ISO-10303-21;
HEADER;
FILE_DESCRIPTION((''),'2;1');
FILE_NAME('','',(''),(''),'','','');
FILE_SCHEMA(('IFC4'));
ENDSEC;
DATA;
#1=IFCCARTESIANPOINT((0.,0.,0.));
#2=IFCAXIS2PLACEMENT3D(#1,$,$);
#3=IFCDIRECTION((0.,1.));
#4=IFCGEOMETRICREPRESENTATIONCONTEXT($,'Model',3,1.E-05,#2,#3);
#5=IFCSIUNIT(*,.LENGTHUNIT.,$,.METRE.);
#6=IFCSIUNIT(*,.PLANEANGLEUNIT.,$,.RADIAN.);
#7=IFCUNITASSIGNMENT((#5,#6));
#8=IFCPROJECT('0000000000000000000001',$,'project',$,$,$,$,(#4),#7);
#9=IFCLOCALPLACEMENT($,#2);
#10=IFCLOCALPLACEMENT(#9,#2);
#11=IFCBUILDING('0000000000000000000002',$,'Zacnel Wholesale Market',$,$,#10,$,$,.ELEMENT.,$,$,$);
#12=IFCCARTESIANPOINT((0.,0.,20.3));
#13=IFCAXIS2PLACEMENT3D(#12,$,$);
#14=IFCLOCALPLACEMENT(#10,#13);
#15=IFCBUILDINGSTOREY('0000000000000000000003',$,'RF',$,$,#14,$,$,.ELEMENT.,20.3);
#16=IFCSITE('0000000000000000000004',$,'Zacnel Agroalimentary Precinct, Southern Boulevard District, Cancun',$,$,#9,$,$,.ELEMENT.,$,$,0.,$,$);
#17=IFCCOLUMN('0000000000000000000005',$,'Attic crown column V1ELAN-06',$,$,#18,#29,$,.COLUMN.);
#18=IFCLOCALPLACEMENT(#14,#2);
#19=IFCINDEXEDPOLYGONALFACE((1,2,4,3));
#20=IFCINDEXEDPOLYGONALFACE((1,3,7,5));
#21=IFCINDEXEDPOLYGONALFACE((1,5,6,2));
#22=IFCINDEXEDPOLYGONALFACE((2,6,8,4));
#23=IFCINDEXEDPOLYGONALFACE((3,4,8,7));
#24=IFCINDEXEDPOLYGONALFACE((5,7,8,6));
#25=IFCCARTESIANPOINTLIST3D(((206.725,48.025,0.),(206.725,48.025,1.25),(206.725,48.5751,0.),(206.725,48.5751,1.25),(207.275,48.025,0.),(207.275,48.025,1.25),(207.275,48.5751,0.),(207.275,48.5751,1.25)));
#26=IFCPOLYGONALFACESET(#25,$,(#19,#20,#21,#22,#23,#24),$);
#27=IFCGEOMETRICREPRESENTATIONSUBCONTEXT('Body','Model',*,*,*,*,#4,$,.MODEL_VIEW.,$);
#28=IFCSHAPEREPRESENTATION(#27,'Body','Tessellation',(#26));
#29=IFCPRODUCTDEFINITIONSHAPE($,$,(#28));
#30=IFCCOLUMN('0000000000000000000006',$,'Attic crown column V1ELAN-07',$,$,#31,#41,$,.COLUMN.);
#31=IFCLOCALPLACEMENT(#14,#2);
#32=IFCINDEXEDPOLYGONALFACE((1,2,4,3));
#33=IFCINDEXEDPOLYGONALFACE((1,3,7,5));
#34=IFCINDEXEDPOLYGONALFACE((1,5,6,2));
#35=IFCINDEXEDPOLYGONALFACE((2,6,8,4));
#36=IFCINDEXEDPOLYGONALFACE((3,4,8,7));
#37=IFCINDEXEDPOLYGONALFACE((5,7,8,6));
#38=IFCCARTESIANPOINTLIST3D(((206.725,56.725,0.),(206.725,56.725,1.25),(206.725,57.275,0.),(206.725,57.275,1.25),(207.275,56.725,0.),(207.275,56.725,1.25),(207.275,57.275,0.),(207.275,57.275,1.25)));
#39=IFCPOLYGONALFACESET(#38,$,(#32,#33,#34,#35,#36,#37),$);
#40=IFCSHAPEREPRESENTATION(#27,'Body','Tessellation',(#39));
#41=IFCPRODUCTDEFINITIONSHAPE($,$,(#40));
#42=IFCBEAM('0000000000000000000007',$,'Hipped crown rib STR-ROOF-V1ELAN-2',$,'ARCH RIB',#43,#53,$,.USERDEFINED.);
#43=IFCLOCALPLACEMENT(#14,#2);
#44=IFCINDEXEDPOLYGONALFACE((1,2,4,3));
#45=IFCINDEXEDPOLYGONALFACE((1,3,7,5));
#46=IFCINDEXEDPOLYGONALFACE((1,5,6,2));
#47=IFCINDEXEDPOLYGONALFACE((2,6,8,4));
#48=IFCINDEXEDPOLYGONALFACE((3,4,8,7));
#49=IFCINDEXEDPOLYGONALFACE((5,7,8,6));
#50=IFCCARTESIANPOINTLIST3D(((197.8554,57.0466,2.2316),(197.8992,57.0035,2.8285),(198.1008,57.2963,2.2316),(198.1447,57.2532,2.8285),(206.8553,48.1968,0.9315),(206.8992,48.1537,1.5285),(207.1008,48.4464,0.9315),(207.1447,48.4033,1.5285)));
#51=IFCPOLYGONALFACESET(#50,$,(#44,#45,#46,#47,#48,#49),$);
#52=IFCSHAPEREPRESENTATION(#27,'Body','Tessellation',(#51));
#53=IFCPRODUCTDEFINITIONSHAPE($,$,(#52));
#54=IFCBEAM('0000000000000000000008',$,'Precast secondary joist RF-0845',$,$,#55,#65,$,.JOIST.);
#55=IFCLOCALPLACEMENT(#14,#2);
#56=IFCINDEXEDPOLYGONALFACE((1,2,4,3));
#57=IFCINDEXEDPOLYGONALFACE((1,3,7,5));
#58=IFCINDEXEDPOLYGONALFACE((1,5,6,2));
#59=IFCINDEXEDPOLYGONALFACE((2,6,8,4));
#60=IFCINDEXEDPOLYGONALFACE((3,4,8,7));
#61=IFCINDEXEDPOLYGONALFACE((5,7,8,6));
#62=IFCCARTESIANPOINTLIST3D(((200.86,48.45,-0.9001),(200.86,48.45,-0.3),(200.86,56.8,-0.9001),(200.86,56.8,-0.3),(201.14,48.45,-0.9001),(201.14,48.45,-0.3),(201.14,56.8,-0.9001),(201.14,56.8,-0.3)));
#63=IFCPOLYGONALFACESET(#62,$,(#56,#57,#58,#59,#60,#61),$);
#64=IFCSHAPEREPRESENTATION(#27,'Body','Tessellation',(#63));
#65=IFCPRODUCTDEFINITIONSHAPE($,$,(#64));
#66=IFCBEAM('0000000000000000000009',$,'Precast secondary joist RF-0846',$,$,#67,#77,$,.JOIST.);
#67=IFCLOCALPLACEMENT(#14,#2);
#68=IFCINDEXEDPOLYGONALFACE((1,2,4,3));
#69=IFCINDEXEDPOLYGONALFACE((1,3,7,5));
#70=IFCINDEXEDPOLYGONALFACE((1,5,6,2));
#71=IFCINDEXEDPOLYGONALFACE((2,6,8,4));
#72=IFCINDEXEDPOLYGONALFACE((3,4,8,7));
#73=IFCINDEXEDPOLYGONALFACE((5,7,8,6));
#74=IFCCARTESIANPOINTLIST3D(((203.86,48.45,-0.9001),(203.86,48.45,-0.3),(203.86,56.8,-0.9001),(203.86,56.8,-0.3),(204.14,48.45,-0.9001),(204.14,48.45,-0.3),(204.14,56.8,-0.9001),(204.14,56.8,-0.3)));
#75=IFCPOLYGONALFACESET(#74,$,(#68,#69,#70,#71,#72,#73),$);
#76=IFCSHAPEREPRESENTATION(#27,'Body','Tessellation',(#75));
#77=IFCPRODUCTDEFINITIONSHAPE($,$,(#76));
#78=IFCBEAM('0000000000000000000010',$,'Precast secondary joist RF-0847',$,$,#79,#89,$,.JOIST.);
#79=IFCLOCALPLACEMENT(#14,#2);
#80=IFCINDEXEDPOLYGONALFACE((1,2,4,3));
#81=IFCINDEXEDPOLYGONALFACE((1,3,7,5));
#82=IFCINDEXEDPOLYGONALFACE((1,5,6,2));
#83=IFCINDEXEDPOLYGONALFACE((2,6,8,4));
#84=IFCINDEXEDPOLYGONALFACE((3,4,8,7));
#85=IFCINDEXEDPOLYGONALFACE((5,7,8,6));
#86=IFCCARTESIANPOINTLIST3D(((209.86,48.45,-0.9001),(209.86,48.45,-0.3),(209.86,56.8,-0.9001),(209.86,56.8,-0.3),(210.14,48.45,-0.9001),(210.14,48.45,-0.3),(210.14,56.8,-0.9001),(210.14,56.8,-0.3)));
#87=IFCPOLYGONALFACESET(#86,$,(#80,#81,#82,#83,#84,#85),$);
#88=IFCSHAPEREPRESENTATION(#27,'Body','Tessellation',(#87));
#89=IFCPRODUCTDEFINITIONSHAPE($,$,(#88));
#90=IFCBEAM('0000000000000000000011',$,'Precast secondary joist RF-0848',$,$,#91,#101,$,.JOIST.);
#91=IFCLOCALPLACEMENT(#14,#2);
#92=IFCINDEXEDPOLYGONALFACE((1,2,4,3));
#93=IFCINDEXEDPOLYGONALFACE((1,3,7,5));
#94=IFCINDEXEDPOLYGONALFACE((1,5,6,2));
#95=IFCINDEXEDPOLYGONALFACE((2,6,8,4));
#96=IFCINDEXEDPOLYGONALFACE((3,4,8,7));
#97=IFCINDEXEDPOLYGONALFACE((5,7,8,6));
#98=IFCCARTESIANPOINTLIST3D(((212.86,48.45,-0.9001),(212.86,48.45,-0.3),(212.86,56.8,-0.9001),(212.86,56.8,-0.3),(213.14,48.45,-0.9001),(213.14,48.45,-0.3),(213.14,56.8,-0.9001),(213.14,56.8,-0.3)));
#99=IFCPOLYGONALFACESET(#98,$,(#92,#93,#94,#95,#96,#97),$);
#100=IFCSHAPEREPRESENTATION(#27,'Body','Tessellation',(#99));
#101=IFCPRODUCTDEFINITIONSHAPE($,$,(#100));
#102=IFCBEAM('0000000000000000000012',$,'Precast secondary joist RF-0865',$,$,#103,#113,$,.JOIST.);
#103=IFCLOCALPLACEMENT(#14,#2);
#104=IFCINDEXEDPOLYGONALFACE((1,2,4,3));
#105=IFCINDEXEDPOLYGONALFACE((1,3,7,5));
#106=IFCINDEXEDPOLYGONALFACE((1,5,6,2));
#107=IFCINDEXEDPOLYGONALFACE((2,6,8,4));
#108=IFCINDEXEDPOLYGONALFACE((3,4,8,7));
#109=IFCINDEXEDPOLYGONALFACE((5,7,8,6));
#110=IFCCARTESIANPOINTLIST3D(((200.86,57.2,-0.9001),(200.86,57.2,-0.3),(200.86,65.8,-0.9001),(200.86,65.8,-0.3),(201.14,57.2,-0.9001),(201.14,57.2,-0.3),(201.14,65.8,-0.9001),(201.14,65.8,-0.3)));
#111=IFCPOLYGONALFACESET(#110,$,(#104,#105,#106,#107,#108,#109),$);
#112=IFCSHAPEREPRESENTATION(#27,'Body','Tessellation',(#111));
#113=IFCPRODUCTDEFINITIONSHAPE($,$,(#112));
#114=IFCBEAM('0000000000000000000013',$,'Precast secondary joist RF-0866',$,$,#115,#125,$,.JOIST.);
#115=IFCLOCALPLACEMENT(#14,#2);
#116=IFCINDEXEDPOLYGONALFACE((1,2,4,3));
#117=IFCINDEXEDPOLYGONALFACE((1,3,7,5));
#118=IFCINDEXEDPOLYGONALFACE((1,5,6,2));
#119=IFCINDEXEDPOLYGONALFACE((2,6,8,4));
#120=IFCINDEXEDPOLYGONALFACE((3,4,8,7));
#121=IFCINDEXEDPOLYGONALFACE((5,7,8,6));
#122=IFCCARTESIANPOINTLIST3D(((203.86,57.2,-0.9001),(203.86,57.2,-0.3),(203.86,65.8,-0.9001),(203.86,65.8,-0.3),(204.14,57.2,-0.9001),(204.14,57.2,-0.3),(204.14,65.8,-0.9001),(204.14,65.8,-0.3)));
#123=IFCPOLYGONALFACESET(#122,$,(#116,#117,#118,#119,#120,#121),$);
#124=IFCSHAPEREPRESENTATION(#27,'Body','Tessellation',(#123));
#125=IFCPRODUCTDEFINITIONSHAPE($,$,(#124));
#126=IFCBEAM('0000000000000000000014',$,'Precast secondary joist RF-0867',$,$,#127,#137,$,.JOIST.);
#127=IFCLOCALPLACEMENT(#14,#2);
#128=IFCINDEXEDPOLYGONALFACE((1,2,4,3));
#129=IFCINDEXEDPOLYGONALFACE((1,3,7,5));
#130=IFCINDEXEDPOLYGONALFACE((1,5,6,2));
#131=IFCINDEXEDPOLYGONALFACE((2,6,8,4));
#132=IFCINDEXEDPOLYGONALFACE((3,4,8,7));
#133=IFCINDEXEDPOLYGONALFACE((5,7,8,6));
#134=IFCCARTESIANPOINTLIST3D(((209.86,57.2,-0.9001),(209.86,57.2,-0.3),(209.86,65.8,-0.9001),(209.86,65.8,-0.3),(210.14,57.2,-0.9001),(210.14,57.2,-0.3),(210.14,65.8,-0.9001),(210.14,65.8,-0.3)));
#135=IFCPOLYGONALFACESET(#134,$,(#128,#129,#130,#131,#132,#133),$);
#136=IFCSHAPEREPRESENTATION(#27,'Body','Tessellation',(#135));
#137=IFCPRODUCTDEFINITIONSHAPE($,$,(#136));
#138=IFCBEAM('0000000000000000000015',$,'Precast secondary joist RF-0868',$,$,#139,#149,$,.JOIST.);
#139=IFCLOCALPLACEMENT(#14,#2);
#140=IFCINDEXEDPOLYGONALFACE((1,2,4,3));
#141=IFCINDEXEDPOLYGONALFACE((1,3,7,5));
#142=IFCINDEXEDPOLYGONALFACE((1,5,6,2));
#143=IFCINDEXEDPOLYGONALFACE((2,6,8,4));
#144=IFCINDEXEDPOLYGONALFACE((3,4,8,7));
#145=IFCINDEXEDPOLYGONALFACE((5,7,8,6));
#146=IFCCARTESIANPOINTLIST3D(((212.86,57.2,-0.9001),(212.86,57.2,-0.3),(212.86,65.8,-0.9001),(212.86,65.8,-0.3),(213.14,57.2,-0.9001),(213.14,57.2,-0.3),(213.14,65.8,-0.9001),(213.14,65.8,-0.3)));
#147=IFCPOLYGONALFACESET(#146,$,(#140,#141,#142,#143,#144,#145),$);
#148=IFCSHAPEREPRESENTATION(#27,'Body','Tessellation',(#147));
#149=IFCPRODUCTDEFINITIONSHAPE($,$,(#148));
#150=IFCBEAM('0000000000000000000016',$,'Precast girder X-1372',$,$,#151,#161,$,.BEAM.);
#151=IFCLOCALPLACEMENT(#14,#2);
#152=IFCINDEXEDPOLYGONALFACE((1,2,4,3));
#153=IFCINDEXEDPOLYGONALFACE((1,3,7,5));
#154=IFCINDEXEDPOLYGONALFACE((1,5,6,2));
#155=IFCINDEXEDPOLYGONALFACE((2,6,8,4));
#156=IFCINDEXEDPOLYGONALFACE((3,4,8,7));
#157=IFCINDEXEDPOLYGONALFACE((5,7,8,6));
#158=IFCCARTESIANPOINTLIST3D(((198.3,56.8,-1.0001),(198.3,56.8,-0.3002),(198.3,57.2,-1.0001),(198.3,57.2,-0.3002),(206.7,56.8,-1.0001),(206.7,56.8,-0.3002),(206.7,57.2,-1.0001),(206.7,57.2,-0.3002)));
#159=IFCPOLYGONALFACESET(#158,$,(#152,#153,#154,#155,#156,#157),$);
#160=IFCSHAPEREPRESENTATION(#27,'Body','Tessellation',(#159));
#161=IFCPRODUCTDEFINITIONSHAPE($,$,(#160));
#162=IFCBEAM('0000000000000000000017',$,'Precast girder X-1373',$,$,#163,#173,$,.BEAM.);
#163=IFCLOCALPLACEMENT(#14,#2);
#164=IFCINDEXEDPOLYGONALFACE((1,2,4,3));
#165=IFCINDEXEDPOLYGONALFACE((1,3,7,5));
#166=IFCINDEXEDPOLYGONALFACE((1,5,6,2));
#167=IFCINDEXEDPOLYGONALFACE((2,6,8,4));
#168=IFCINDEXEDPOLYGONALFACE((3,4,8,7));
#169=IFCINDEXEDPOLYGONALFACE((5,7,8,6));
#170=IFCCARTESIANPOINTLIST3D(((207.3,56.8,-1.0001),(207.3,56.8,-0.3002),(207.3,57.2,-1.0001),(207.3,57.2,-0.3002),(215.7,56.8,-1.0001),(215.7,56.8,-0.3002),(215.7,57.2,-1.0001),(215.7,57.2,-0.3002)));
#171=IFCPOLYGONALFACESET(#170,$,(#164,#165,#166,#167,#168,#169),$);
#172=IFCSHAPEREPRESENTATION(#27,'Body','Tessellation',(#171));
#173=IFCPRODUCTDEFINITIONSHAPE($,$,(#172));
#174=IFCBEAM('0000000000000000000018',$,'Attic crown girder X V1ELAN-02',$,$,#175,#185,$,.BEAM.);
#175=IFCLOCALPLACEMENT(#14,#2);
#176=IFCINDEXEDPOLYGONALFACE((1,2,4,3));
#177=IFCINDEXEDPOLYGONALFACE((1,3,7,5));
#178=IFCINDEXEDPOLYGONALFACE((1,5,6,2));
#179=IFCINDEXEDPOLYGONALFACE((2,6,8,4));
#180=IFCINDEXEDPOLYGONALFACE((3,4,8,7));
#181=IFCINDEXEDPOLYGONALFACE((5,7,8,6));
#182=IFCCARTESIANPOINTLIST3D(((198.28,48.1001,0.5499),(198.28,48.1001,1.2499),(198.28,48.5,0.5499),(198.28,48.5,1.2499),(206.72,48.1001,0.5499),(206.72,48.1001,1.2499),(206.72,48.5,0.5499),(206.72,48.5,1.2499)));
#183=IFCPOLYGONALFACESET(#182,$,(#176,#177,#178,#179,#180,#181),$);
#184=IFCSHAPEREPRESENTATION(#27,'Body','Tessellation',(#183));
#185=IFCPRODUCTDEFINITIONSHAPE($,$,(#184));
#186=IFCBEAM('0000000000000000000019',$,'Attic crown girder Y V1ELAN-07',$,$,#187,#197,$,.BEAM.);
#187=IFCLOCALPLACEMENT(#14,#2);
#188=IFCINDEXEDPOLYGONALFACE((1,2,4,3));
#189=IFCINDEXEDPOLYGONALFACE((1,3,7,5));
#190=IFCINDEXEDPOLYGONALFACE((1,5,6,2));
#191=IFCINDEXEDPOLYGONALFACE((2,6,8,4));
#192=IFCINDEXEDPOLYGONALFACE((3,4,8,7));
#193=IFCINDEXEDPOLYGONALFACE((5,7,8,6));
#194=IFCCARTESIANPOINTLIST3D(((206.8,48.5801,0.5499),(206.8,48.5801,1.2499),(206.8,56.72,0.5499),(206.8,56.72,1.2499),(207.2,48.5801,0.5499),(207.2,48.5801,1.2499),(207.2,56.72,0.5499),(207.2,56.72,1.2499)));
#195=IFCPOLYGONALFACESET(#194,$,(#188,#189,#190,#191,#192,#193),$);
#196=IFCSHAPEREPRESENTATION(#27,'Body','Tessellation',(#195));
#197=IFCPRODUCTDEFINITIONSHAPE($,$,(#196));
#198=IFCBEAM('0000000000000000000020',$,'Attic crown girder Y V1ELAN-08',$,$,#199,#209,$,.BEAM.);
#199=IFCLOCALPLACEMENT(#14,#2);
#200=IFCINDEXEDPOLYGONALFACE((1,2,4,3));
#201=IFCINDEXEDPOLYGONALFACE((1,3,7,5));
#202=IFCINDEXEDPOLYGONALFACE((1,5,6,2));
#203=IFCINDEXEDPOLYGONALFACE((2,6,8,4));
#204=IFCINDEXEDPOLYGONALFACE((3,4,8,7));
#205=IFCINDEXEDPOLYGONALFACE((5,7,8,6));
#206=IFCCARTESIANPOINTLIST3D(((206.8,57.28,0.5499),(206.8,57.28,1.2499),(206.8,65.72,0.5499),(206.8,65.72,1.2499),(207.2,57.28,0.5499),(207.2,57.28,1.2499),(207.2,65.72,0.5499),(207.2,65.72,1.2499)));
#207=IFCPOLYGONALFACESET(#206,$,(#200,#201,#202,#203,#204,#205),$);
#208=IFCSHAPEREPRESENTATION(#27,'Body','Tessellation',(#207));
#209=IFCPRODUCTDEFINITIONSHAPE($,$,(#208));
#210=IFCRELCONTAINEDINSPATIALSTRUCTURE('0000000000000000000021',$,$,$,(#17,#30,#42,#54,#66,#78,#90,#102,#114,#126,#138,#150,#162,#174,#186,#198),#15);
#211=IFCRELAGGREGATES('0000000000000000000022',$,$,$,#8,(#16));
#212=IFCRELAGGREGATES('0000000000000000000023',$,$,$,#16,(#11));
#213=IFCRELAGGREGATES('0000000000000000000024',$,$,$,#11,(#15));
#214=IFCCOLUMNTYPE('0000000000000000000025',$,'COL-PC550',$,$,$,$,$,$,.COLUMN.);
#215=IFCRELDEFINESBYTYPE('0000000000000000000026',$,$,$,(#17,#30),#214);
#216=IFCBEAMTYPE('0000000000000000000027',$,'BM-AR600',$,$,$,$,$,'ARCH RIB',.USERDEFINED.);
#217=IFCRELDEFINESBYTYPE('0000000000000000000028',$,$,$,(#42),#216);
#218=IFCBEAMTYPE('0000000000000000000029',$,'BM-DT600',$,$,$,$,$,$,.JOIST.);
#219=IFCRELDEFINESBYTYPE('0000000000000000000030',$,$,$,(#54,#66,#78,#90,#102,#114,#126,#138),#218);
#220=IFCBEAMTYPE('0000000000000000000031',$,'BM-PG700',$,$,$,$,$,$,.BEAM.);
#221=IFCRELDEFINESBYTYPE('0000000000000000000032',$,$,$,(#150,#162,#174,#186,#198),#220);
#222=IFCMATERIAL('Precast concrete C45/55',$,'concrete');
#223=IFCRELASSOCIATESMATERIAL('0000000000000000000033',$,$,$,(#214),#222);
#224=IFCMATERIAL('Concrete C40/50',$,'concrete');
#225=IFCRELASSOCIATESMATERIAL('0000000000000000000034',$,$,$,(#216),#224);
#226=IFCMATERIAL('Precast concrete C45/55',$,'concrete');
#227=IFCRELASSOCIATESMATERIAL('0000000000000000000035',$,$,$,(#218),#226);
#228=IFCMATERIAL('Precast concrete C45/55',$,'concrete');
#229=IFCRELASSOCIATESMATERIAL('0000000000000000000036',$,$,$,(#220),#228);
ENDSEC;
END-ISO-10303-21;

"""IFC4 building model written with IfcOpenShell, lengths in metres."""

from ifc_helpers import new_model, si_unit, direction, frame, origin, origin_2d, place, context, subcontext, project, spatial, rectangle, extrude, material, material_profile, profile_set, type_object, element, save


model = new_model("IFC4")

# Units and contexts
model_context = context("Model", 3, precision=1e-05, world=origin(), true_north=direction((0.0, 1.0)))
body_context = subcontext(model_context, "Body", "Model", "MODEL_VIEW")
ifc_project = project(units=[si_unit("LENGTHUNIT", "METRE"), si_unit("PLANEANGLEUNIT", "RADIAN")], contexts=[model_context])

# Site, building, storey
site_placement = place(None, origin())
site = spatial("IfcSite", under=ifc_project, at=site_placement, Name="Zacnel Agroalimentary Precinct, Southern Boulevard District, Cancun", CompositionType="ELEMENT", RefElevation=0.0)
building_placement = place(site_placement, origin())
building = spatial("IfcBuilding", under=site, at=building_placement, Name="Zacnel Wholesale Market", CompositionType="ELEMENT")
storey_placement = place(building_placement, frame((0.0, 0.0, 20.3)))
storey = spatial("IfcBuildingStorey", under=building, at=storey_placement, Name="RF", CompositionType="ELEMENT", Elevation=20.3)

# Columns
ifc_material_1 = material(Name="Precast concrete C45/55", Category="concrete")
ifc_material_profile_1 = material_profile(ifc_material_1, rectangle(XDim=0.55, YDim=0.55, at=origin_2d()), Name="PC 550x550")
ifc_profile_set_1 = profile_set([ifc_material_profile_1], Name="Precast concrete C45/55")
column_type = type_object("IfcColumnType", Name="COL-PC550", PredefinedType="COLUMN", material=ifc_profile_set_1)
for number, where, z_axis, x_axis, name in (
    (1, (207.0, 48.3, 0.0), (0.0, 0.0, 1.0), (1.0, 0.0, 0.0), "Attic crown column V1ELAN-06"),
    (2, (207.0, 57.0, 0.0), (0.0, 0.0, 1.0), (1.0, 0.0, 0.0), "Attic crown column V1ELAN-07"),
):
    element("IfcColumn", number, at=place(storey_placement, frame(where, z_axis=z_axis, x_axis=x_axis)), inside=storey, type_object=column_type, Name=name, PredefinedType="COLUMN", context=body_context, shape_type="SweptSolid", body=[
        extrude(rectangle(XDim=0.55, YDim=0.55, at=origin_2d()), origin(), (0.0, 0.0, 1.0), 1.25),
    ])

# Beams
ifc_material_2 = material(Name="Concrete C40/50", Category="concrete")
ifc_material_profile_2 = material_profile(ifc_material_2, rectangle(XDim=0.3501, YDim=0.6001, at=origin_2d()), Name="ARCH RIB 350x600")
ifc_profile_set_2 = profile_set([ifc_material_profile_2], Name="Concrete C40/50")
beam_type_1 = type_object("IfcBeamType", Name="BM-AR600", ElementType="ARCH RIB", PredefinedType="USERDEFINED", material=ifc_profile_set_2)
beam_1_placement = place(storey_placement, frame((207.0, 48.3, 1.23), z_axis=(-0.709277, 0.697444, 0.102455), x_axis=(-0.701134, -0.713029, 0.0)))
element("IfcBeam", 3, at=beam_1_placement, inside=storey, type_object=beam_type_1, Name="Hipped crown rib STR-ROOF-V1ELAN-2", ObjectType="ARCH RIB", PredefinedType="USERDEFINED", context=body_context, shape_type="SweptSolid", body=[
    extrude(rectangle(XDim=0.3501, YDim=0.6001, at=origin_2d()), origin(), (0.0, 0.0, 1.0), 12.689),
])
ifc_material_3 = material(Name="Precast concrete C45/55", Category="concrete")
ifc_material_profile_3 = material_profile(ifc_material_3, rectangle(XDim=0.28, YDim=0.6001, at=origin_2d()), Name="DT RIB 280x600")
ifc_profile_set_3 = profile_set([ifc_material_profile_3], Name="Precast concrete C45/55")
beam_type_2 = type_object("IfcBeamType", Name="BM-DT600", PredefinedType="JOIST", material=ifc_profile_set_3)
for number, where, z_axis, x_axis, name in (
    (4, (201.0, 48.45, -0.6001), (0.0, 1.0, 0.0), (-1.0, 0.0, 0.0), "Precast secondary joist RF-0845"),
    (5, (204.0, 48.45, -0.6001), (0.0, 1.0, 0.0), (-1.0, 0.0, 0.0), "Precast secondary joist RF-0846"),
    (6, (210.0, 48.45, -0.6001), (0.0, 1.0, 0.0), (-1.0, 0.0, 0.0), "Precast secondary joist RF-0847"),
    (7, (213.0, 48.45, -0.6001), (0.0, 1.0, 0.0), (-1.0, 0.0, 0.0), "Precast secondary joist RF-0848"),
):
    element("IfcBeam", number, at=place(storey_placement, frame(where, z_axis=z_axis, x_axis=x_axis)), inside=storey, type_object=beam_type_2, Name=name, PredefinedType="JOIST", context=body_context, shape_type="SweptSolid", body=[
        extrude(rectangle(XDim=0.28, YDim=0.6001, at=origin_2d()), origin(), (0.0, 0.0, 1.0), 8.3501),
    ])
for number, where, z_axis, x_axis, name in (
    (8, (201.0, 57.2, -0.6001), (0.0, 1.0, 0.0), (-1.0, 0.0, 0.0), "Precast secondary joist RF-0865"),
    (9, (204.0, 57.2, -0.6001), (0.0, 1.0, 0.0), (-1.0, 0.0, 0.0), "Precast secondary joist RF-0866"),
    (10, (210.0, 57.2, -0.6001), (0.0, 1.0, 0.0), (-1.0, 0.0, 0.0), "Precast secondary joist RF-0867"),
    (11, (213.0, 57.2, -0.6001), (0.0, 1.0, 0.0), (-1.0, 0.0, 0.0), "Precast secondary joist RF-0868"),
):
    element("IfcBeam", number, at=place(storey_placement, frame(where, z_axis=z_axis, x_axis=x_axis)), inside=storey, type_object=beam_type_2, Name=name, PredefinedType="JOIST", context=body_context, shape_type="SweptSolid", body=[
        extrude(rectangle(XDim=0.28, YDim=0.6001, at=origin_2d()), origin(), (0.0, 0.0, 1.0), 8.6001),
    ])
ifc_material_4 = material(Name="Precast concrete C45/55", Category="concrete")
ifc_material_profile_4 = material_profile(ifc_material_4, rectangle(XDim=0.3999, YDim=0.7, at=origin_2d()), Name="PG 400x700")
ifc_profile_set_4 = profile_set([ifc_material_profile_4], Name="Precast concrete C45/55")
beam_type_3 = type_object("IfcBeamType", Name="BM-PG700", PredefinedType="BEAM", material=ifc_profile_set_4)
for number, where, z_axis, x_axis, name in (
    (12, (198.3, 57.0, -0.6501), (1.0, 0.0, 0.0), (0.0, 1.0, 0.0), "Precast girder X-1372"),
    (13, (207.3, 57.0, -0.6501), (1.0, 0.0, 0.0), (0.0, 1.0, 0.0), "Precast girder X-1373"),
):
    element("IfcBeam", number, at=place(storey_placement, frame(where, z_axis=z_axis, x_axis=x_axis)), inside=storey, type_object=beam_type_3, Name=name, PredefinedType="BEAM", context=body_context, shape_type="SweptSolid", body=[
        extrude(rectangle(XDim=0.3999, YDim=0.7, at=origin_2d()), origin(), (0.0, 0.0, 1.0), 8.3999),
    ])
beam_2_placement = place(storey_placement, frame((198.28, 48.3, 0.8999), z_axis=(1.0, 0.0, 0.0), x_axis=(0.0, 1.0, 0.0)))
element("IfcBeam", 14, at=beam_2_placement, inside=storey, type_object=beam_type_3, Name="Attic crown girder X V1ELAN-02", PredefinedType="BEAM", context=body_context, shape_type="SweptSolid", body=[
    extrude(rectangle(XDim=0.3999, YDim=0.7, at=origin_2d()), origin(), (0.0, 0.0, 1.0), 8.4399),
])
beam_3_placement = place(storey_placement, frame((207.0, 48.5801, 0.8999), z_axis=(0.0, 1.0, 0.0), x_axis=(-1.0, 0.0, 0.0)))
element("IfcBeam", 15, at=beam_3_placement, inside=storey, type_object=beam_type_3, Name="Attic crown girder Y V1ELAN-07", PredefinedType="BEAM", context=body_context, shape_type="SweptSolid", body=[
    extrude(rectangle(XDim=0.3999, YDim=0.7, at=origin_2d()), origin(), (0.0, 0.0, 1.0), 8.1399),
])
beam_4_placement = place(storey_placement, frame((207.0, 57.28, 0.8999), z_axis=(0.0, 1.0, 0.0), x_axis=(-1.0, 0.0, 0.0)))
element("IfcBeam", 16, at=beam_4_placement, inside=storey, type_object=beam_type_3, Name="Attic crown girder Y V1ELAN-08", PredefinedType="BEAM", context=body_context, shape_type="SweptSolid", body=[
    extrude(rectangle(XDim=0.3999, YDim=0.7, at=origin_2d()), origin(), (0.0, 0.0, 1.0), 8.4399),
])

save(model, "model.ifc")
